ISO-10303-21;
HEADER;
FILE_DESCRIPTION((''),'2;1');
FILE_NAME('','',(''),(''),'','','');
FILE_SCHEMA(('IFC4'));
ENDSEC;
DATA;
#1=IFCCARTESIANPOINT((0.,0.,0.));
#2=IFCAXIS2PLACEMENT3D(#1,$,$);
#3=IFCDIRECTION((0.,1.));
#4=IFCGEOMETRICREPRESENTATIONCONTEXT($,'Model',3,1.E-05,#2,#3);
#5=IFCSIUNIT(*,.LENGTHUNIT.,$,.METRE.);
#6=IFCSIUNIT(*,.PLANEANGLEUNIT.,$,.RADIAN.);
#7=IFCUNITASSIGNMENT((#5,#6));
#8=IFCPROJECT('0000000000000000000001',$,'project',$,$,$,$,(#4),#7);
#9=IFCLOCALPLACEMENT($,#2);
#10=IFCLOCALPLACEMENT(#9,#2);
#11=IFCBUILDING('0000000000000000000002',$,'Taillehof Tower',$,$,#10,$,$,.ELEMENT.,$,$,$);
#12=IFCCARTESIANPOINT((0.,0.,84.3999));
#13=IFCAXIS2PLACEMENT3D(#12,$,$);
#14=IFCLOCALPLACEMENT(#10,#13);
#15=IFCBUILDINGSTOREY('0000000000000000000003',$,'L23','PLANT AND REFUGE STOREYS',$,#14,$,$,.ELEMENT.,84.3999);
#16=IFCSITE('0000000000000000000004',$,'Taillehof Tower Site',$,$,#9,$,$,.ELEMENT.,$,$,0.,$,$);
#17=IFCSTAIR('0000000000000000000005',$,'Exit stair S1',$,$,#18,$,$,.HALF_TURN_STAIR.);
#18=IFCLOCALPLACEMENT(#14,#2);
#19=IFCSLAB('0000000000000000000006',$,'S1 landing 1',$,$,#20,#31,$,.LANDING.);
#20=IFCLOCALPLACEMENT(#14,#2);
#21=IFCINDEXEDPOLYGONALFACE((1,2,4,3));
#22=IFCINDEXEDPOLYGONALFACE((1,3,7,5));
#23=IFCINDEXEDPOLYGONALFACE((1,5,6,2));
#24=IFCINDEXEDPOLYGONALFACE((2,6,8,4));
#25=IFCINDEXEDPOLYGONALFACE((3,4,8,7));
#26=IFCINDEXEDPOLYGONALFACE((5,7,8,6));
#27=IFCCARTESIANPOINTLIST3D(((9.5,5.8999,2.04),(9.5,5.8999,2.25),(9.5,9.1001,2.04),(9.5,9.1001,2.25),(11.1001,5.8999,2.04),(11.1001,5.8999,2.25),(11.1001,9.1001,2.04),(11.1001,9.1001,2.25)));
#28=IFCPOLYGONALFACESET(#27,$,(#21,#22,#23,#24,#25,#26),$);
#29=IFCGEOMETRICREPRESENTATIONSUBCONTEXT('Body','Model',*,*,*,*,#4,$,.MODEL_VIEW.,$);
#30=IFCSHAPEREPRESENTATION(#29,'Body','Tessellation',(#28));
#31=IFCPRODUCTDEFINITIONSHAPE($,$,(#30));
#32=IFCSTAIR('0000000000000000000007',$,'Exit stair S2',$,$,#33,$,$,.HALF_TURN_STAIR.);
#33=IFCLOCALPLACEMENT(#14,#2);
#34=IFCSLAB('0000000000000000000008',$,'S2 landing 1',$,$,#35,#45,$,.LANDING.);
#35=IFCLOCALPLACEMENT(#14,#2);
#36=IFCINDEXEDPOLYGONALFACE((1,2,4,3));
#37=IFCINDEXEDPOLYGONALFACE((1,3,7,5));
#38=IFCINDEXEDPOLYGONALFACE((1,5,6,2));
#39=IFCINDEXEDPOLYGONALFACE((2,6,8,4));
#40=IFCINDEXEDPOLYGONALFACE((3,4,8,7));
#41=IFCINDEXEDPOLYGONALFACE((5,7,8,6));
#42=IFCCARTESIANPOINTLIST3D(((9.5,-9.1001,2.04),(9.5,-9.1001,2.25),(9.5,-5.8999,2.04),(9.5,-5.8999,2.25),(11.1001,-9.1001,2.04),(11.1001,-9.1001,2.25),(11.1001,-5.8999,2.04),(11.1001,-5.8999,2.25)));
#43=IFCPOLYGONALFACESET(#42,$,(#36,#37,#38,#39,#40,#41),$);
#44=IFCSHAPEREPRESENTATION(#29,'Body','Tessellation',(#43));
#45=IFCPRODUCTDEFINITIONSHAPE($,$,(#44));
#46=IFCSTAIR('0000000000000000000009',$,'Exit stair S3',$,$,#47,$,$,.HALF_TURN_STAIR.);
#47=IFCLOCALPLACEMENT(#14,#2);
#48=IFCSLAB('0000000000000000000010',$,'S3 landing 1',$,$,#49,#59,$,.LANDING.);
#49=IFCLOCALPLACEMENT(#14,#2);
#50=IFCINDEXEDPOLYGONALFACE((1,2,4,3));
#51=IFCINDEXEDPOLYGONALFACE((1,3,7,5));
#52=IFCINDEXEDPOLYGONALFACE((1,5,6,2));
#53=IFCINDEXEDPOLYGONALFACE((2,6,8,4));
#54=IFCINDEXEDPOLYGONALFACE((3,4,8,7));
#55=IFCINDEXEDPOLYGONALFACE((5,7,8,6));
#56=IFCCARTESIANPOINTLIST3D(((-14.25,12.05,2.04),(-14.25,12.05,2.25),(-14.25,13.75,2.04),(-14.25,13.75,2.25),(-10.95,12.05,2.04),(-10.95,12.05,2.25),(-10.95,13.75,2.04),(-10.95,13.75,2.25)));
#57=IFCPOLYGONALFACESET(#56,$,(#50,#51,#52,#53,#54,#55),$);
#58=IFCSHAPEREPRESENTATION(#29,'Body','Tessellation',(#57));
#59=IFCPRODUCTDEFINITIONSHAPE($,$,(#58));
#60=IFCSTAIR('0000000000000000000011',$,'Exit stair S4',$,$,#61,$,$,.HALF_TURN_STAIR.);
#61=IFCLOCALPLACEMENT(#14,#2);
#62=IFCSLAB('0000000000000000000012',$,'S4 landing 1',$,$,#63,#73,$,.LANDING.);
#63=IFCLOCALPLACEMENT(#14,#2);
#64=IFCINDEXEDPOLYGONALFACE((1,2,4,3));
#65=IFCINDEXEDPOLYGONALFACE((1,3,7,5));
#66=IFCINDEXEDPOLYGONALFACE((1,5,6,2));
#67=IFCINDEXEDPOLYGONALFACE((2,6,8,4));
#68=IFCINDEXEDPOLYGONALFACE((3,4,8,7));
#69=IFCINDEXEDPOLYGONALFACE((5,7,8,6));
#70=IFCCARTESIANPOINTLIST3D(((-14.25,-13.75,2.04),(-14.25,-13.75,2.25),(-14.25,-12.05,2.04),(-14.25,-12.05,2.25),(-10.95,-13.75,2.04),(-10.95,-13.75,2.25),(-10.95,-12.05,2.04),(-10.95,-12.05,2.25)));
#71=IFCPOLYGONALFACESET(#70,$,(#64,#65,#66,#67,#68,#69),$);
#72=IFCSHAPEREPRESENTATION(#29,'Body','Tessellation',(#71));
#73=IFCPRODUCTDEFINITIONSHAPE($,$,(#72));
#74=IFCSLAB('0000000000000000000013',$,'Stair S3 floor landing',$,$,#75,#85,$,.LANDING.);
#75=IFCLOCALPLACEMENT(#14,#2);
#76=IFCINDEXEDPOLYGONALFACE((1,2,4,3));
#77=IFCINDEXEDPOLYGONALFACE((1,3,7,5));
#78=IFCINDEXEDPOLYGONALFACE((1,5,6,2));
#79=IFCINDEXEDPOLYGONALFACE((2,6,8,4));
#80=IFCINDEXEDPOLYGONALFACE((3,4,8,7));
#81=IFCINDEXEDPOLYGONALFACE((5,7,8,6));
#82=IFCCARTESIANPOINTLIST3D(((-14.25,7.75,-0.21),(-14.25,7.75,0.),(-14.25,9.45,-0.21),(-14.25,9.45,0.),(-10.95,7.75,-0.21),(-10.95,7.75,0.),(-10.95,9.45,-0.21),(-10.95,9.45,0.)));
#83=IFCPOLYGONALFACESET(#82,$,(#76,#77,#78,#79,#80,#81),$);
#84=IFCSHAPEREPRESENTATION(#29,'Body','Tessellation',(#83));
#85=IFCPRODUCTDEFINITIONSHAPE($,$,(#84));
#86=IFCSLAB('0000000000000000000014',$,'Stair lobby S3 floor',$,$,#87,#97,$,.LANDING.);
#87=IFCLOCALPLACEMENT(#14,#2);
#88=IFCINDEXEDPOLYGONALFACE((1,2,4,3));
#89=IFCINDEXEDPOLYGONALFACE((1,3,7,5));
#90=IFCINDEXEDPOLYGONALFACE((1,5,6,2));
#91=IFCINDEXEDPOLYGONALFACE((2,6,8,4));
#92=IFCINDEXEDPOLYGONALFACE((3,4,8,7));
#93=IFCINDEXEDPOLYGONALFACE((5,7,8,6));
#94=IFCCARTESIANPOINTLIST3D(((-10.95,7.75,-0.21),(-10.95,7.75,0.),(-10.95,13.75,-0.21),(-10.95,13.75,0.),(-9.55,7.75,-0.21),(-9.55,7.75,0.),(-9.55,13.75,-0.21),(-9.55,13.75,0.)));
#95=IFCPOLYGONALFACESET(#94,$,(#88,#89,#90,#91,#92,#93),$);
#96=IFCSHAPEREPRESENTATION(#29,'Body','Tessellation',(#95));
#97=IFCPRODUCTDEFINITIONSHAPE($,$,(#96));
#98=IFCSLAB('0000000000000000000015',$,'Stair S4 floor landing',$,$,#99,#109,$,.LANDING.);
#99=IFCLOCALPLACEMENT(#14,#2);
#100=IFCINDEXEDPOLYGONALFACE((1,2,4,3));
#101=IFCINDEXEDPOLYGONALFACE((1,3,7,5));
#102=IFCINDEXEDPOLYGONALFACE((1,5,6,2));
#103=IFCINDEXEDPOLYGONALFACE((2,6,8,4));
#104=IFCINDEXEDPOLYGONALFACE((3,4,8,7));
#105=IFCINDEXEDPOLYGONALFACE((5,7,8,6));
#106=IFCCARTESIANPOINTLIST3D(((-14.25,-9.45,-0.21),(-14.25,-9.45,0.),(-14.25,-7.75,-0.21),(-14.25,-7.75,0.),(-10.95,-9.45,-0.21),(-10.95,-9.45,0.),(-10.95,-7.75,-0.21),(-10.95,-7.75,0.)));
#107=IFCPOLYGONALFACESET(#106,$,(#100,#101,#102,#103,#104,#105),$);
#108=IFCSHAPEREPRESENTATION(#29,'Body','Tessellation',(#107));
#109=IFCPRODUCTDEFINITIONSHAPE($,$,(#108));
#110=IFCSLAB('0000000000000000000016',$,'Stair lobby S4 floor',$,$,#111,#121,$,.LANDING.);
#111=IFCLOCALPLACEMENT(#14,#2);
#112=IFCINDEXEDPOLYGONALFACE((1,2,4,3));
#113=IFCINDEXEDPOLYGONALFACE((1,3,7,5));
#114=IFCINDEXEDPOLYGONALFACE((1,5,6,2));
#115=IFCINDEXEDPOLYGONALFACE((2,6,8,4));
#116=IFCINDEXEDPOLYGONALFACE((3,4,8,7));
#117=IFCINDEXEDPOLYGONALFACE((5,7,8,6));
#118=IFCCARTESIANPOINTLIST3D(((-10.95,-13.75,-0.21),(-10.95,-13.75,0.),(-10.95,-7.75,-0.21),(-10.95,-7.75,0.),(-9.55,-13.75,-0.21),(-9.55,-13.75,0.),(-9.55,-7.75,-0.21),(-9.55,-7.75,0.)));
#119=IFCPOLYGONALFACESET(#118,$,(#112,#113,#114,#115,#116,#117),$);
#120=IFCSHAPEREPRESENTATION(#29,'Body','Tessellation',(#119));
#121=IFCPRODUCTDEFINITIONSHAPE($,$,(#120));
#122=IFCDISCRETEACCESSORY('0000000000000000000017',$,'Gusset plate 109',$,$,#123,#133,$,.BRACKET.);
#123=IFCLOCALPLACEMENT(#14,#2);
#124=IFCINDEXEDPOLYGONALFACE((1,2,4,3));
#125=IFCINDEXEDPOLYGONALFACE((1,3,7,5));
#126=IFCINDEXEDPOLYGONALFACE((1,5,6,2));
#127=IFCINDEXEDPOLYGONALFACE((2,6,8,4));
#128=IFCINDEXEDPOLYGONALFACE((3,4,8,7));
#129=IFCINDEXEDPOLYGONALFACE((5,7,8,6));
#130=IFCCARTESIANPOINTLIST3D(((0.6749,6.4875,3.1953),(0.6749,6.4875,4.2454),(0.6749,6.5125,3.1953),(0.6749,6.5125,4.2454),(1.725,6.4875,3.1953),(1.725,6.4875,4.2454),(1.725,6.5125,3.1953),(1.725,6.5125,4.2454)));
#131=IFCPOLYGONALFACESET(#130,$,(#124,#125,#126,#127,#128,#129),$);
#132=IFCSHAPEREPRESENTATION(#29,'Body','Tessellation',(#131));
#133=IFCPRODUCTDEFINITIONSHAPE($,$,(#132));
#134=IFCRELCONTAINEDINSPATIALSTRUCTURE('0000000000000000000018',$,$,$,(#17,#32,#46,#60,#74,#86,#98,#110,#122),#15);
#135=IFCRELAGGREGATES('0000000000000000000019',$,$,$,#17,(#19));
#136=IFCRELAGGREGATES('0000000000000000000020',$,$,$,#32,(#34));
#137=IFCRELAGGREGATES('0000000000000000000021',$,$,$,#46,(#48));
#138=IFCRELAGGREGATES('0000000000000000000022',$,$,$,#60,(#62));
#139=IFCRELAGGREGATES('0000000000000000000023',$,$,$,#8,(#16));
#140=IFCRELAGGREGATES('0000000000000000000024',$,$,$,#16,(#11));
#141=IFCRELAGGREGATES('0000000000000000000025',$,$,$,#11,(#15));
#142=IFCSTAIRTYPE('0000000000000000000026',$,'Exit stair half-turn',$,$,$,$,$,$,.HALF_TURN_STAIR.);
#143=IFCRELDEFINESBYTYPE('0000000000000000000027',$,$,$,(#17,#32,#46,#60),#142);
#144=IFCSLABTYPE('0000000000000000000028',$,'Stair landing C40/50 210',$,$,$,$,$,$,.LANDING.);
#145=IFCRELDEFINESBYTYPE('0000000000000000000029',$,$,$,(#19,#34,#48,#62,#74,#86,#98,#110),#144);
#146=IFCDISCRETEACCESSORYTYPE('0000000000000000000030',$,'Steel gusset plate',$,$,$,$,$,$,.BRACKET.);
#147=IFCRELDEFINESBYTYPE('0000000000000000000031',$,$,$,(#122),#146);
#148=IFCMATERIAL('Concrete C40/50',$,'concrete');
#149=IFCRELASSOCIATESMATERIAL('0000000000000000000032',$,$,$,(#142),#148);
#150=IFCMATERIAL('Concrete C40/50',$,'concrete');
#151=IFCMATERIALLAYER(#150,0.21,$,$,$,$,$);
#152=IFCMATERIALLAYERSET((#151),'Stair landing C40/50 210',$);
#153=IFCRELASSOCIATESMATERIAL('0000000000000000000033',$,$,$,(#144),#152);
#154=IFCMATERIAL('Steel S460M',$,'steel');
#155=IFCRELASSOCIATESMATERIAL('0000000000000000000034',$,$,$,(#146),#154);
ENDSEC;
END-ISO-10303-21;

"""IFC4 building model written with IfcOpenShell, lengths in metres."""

from ifc_helpers import new_model, si_unit, direction, frame, origin, origin_2d, place, context, subcontext, project, spatial, polyline, rectangle, outline, extrude, material, layer, layer_set, type_object, element, aggregate, save


model = new_model("IFC4")

# Units and contexts
model_context = context("Model", 3, precision=1e-05, world=origin(), true_north=direction((0.0, 1.0)))
body_context = subcontext(model_context, "Body", "Model", "MODEL_VIEW")
ifc_project = project(units=[si_unit("LENGTHUNIT", "METRE"), si_unit("PLANEANGLEUNIT", "RADIAN")], contexts=[model_context])

# Site, building, storey
site_placement = place(None, origin())
site = spatial("IfcSite", under=ifc_project, at=site_placement, Name="Taillehof Tower Site", CompositionType="ELEMENT", RefElevation=0.0)
building_placement = place(site_placement, origin())
building = spatial("IfcBuilding", under=site, at=building_placement, Name="Taillehof Tower", CompositionType="ELEMENT")
storey_placement = place(building_placement, frame((0.0, 0.0, 84.3999)))
storey = spatial("IfcBuildingStorey", under=building, at=storey_placement, Name="L23", Description="PLANT AND REFUGE STOREYS", CompositionType="ELEMENT", Elevation=84.3999)

# Stairs, slabs
ifc_material_1 = material(Name="Concrete C40/50", Category="concrete")
stair_type = type_object("IfcStairType", Name="Exit stair half-turn", PredefinedType="HALF_TURN_STAIR", material=ifc_material_1)
stair_1_placement = place(storey_placement, origin())
stair_1 = element("IfcStair", 1, at=stair_1_placement, inside=storey, type_object=stair_type, Name="Exit stair S1", PredefinedType="HALF_TURN_STAIR")
ifc_material_2 = material(Name="Concrete C40/50", Category="concrete")
ifc_layer_1 = layer(ifc_material_2, 0.21)
ifc_layer_set_1 = layer_set([ifc_layer_1], Name="Stair landing C40/50 210")
slab_type_1 = type_object("IfcSlabType", Name="Stair landing C40/50 210", PredefinedType="LANDING", material=ifc_layer_set_1)
slab_1_placement = place(storey_placement, frame((0.0, 0.0, 2.04)))
slab_1 = element("IfcSlab", 2, at=slab_1_placement, type_object=slab_type_1, Name="S1 landing 1", PredefinedType="LANDING", context=body_context, shape_type="SweptSolid", body=[
    extrude(outline(polyline([(9.5, 5.8999), (11.1001, 5.8999), (11.1001, 9.1001), (9.5, 9.1001), (9.5, 5.8999)])), origin(), (0.0, 0.0, 1.0), 0.21),
])
aggregate(stair_1, [slab_1])
stair_2_placement = place(storey_placement, origin())
stair_2 = element("IfcStair", 3, at=stair_2_placement, inside=storey, type_object=stair_type, Name="Exit stair S2", PredefinedType="HALF_TURN_STAIR")
slab_2_placement = place(storey_placement, frame((0.0, 0.0, 2.04)))
slab_2 = element("IfcSlab", 4, at=slab_2_placement, type_object=slab_type_1, Name="S2 landing 1", PredefinedType="LANDING", context=body_context, shape_type="SweptSolid", body=[
    extrude(outline(polyline([(9.5, -5.8999), (11.1001, -5.8999), (11.1001, -9.1001), (9.5, -9.1001), (9.5, -5.8999)])), origin(), (0.0, 0.0, 1.0), 0.21),
])
aggregate(stair_2, [slab_2])
stair_3_placement = place(storey_placement, origin())
stair_3 = element("IfcStair", 5, at=stair_3_placement, inside=storey, type_object=stair_type, Name="Exit stair S3", PredefinedType="HALF_TURN_STAIR")
slab_3_placement = place(storey_placement, frame((0.0, 0.0, 2.04)))
slab_3 = element("IfcSlab", 6, at=slab_3_placement, type_object=slab_type_1, Name="S3 landing 1", PredefinedType="LANDING", context=body_context, shape_type="SweptSolid", body=[
    extrude(outline(polyline([(-14.25, 12.05), (-14.25, 13.75), (-10.95, 13.75), (-10.95, 12.05), (-14.25, 12.05)])), origin(), (0.0, 0.0, 1.0), 0.21),
])
aggregate(stair_3, [slab_3])
stair_4_placement = place(storey_placement, origin())
stair_4 = element("IfcStair", 7, at=stair_4_placement, inside=storey, type_object=stair_type, Name="Exit stair S4", PredefinedType="HALF_TURN_STAIR")
slab_4_placement = place(storey_placement, frame((0.0, 0.0, 2.04)))
slab_4 = element("IfcSlab", 8, at=slab_4_placement, type_object=slab_type_1, Name="S4 landing 1", PredefinedType="LANDING", context=body_context, shape_type="SweptSolid", body=[
    extrude(outline(polyline([(-14.25, -12.05), (-14.25, -13.75), (-10.95, -13.75), (-10.95, -12.05), (-14.25, -12.05)])), origin(), (0.0, 0.0, 1.0), 0.21),
])
aggregate(stair_4, [slab_4])

# Slabs
slab_5_placement = place(storey_placement, frame((0.0, 0.0, -0.21)))
element("IfcSlab", 9, at=slab_5_placement, inside=storey, type_object=slab_type_1, Name="Stair S3 floor landing", PredefinedType="LANDING", context=body_context, shape_type="SweptSolid", body=[
    extrude(outline(polyline([(-14.25, 7.75), (-14.25, 9.45), (-10.95, 9.45), (-10.95, 7.75), (-14.25, 7.75)])), origin(), (0.0, 0.0, 1.0), 0.21),
])
slab_6_placement = place(storey_placement, frame((0.0, 0.0, -0.21)))
element("IfcSlab", 10, at=slab_6_placement, inside=storey, type_object=slab_type_1, Name="Stair lobby S3 floor", PredefinedType="LANDING", context=body_context, shape_type="SweptSolid", body=[
    extrude(outline(polyline([(-10.95, 7.75), (-9.55, 7.75), (-9.55, 13.75), (-10.95, 13.75), (-10.95, 7.75)])), origin(), (0.0, 0.0, 1.0), 0.21),
])
slab_7_placement = place(storey_placement, frame((0.0, 0.0, -0.21)))
element("IfcSlab", 11, at=slab_7_placement, inside=storey, type_object=slab_type_1, Name="Stair S4 floor landing", PredefinedType="LANDING", context=body_context, shape_type="SweptSolid", body=[
    extrude(outline(polyline([(-14.25, -7.75), (-14.25, -9.45), (-10.95, -9.45), (-10.95, -7.75), (-14.25, -7.75)])), origin(), (0.0, 0.0, 1.0), 0.21),
])
slab_8_placement = place(storey_placement, frame((0.0, 0.0, -0.21)))
element("IfcSlab", 12, at=slab_8_placement, inside=storey, type_object=slab_type_1, Name="Stair lobby S4 floor", PredefinedType="LANDING", context=body_context, shape_type="SweptSolid", body=[
    extrude(outline(polyline([(-10.95, -13.75), (-9.55, -13.75), (-9.55, -7.75), (-10.95, -7.75), (-10.95, -13.75)])), origin(), (0.0, 0.0, 1.0), 0.21),
])

# Discrete accessory
ifc_material_3 = material(Name="Steel S460M", Category="steel")
discrete_accessory_type = type_object("IfcDiscreteAccessoryType", Name="Steel gusset plate", PredefinedType="BRACKET", material=ifc_material_3)
discrete_accessory_placement = place(storey_placement, frame((1.2, 6.5, 3.1953), z_axis=(0.0, 0.0, 1.0), x_axis=(-1.0, 0.0, 0.0)))
element("IfcDiscreteAccessory", 13, at=discrete_accessory_placement, inside=storey, type_object=discrete_accessory_type, Name="Gusset plate 109", PredefinedType="BRACKET", context=body_context, shape_type="SweptSolid", body=[
    extrude(rectangle(XDim=1.05, YDim=0.0249, at=origin_2d()), origin(), (0.0, 0.0, 1.0), 1.05),
])

save(model, "model.ifc")
